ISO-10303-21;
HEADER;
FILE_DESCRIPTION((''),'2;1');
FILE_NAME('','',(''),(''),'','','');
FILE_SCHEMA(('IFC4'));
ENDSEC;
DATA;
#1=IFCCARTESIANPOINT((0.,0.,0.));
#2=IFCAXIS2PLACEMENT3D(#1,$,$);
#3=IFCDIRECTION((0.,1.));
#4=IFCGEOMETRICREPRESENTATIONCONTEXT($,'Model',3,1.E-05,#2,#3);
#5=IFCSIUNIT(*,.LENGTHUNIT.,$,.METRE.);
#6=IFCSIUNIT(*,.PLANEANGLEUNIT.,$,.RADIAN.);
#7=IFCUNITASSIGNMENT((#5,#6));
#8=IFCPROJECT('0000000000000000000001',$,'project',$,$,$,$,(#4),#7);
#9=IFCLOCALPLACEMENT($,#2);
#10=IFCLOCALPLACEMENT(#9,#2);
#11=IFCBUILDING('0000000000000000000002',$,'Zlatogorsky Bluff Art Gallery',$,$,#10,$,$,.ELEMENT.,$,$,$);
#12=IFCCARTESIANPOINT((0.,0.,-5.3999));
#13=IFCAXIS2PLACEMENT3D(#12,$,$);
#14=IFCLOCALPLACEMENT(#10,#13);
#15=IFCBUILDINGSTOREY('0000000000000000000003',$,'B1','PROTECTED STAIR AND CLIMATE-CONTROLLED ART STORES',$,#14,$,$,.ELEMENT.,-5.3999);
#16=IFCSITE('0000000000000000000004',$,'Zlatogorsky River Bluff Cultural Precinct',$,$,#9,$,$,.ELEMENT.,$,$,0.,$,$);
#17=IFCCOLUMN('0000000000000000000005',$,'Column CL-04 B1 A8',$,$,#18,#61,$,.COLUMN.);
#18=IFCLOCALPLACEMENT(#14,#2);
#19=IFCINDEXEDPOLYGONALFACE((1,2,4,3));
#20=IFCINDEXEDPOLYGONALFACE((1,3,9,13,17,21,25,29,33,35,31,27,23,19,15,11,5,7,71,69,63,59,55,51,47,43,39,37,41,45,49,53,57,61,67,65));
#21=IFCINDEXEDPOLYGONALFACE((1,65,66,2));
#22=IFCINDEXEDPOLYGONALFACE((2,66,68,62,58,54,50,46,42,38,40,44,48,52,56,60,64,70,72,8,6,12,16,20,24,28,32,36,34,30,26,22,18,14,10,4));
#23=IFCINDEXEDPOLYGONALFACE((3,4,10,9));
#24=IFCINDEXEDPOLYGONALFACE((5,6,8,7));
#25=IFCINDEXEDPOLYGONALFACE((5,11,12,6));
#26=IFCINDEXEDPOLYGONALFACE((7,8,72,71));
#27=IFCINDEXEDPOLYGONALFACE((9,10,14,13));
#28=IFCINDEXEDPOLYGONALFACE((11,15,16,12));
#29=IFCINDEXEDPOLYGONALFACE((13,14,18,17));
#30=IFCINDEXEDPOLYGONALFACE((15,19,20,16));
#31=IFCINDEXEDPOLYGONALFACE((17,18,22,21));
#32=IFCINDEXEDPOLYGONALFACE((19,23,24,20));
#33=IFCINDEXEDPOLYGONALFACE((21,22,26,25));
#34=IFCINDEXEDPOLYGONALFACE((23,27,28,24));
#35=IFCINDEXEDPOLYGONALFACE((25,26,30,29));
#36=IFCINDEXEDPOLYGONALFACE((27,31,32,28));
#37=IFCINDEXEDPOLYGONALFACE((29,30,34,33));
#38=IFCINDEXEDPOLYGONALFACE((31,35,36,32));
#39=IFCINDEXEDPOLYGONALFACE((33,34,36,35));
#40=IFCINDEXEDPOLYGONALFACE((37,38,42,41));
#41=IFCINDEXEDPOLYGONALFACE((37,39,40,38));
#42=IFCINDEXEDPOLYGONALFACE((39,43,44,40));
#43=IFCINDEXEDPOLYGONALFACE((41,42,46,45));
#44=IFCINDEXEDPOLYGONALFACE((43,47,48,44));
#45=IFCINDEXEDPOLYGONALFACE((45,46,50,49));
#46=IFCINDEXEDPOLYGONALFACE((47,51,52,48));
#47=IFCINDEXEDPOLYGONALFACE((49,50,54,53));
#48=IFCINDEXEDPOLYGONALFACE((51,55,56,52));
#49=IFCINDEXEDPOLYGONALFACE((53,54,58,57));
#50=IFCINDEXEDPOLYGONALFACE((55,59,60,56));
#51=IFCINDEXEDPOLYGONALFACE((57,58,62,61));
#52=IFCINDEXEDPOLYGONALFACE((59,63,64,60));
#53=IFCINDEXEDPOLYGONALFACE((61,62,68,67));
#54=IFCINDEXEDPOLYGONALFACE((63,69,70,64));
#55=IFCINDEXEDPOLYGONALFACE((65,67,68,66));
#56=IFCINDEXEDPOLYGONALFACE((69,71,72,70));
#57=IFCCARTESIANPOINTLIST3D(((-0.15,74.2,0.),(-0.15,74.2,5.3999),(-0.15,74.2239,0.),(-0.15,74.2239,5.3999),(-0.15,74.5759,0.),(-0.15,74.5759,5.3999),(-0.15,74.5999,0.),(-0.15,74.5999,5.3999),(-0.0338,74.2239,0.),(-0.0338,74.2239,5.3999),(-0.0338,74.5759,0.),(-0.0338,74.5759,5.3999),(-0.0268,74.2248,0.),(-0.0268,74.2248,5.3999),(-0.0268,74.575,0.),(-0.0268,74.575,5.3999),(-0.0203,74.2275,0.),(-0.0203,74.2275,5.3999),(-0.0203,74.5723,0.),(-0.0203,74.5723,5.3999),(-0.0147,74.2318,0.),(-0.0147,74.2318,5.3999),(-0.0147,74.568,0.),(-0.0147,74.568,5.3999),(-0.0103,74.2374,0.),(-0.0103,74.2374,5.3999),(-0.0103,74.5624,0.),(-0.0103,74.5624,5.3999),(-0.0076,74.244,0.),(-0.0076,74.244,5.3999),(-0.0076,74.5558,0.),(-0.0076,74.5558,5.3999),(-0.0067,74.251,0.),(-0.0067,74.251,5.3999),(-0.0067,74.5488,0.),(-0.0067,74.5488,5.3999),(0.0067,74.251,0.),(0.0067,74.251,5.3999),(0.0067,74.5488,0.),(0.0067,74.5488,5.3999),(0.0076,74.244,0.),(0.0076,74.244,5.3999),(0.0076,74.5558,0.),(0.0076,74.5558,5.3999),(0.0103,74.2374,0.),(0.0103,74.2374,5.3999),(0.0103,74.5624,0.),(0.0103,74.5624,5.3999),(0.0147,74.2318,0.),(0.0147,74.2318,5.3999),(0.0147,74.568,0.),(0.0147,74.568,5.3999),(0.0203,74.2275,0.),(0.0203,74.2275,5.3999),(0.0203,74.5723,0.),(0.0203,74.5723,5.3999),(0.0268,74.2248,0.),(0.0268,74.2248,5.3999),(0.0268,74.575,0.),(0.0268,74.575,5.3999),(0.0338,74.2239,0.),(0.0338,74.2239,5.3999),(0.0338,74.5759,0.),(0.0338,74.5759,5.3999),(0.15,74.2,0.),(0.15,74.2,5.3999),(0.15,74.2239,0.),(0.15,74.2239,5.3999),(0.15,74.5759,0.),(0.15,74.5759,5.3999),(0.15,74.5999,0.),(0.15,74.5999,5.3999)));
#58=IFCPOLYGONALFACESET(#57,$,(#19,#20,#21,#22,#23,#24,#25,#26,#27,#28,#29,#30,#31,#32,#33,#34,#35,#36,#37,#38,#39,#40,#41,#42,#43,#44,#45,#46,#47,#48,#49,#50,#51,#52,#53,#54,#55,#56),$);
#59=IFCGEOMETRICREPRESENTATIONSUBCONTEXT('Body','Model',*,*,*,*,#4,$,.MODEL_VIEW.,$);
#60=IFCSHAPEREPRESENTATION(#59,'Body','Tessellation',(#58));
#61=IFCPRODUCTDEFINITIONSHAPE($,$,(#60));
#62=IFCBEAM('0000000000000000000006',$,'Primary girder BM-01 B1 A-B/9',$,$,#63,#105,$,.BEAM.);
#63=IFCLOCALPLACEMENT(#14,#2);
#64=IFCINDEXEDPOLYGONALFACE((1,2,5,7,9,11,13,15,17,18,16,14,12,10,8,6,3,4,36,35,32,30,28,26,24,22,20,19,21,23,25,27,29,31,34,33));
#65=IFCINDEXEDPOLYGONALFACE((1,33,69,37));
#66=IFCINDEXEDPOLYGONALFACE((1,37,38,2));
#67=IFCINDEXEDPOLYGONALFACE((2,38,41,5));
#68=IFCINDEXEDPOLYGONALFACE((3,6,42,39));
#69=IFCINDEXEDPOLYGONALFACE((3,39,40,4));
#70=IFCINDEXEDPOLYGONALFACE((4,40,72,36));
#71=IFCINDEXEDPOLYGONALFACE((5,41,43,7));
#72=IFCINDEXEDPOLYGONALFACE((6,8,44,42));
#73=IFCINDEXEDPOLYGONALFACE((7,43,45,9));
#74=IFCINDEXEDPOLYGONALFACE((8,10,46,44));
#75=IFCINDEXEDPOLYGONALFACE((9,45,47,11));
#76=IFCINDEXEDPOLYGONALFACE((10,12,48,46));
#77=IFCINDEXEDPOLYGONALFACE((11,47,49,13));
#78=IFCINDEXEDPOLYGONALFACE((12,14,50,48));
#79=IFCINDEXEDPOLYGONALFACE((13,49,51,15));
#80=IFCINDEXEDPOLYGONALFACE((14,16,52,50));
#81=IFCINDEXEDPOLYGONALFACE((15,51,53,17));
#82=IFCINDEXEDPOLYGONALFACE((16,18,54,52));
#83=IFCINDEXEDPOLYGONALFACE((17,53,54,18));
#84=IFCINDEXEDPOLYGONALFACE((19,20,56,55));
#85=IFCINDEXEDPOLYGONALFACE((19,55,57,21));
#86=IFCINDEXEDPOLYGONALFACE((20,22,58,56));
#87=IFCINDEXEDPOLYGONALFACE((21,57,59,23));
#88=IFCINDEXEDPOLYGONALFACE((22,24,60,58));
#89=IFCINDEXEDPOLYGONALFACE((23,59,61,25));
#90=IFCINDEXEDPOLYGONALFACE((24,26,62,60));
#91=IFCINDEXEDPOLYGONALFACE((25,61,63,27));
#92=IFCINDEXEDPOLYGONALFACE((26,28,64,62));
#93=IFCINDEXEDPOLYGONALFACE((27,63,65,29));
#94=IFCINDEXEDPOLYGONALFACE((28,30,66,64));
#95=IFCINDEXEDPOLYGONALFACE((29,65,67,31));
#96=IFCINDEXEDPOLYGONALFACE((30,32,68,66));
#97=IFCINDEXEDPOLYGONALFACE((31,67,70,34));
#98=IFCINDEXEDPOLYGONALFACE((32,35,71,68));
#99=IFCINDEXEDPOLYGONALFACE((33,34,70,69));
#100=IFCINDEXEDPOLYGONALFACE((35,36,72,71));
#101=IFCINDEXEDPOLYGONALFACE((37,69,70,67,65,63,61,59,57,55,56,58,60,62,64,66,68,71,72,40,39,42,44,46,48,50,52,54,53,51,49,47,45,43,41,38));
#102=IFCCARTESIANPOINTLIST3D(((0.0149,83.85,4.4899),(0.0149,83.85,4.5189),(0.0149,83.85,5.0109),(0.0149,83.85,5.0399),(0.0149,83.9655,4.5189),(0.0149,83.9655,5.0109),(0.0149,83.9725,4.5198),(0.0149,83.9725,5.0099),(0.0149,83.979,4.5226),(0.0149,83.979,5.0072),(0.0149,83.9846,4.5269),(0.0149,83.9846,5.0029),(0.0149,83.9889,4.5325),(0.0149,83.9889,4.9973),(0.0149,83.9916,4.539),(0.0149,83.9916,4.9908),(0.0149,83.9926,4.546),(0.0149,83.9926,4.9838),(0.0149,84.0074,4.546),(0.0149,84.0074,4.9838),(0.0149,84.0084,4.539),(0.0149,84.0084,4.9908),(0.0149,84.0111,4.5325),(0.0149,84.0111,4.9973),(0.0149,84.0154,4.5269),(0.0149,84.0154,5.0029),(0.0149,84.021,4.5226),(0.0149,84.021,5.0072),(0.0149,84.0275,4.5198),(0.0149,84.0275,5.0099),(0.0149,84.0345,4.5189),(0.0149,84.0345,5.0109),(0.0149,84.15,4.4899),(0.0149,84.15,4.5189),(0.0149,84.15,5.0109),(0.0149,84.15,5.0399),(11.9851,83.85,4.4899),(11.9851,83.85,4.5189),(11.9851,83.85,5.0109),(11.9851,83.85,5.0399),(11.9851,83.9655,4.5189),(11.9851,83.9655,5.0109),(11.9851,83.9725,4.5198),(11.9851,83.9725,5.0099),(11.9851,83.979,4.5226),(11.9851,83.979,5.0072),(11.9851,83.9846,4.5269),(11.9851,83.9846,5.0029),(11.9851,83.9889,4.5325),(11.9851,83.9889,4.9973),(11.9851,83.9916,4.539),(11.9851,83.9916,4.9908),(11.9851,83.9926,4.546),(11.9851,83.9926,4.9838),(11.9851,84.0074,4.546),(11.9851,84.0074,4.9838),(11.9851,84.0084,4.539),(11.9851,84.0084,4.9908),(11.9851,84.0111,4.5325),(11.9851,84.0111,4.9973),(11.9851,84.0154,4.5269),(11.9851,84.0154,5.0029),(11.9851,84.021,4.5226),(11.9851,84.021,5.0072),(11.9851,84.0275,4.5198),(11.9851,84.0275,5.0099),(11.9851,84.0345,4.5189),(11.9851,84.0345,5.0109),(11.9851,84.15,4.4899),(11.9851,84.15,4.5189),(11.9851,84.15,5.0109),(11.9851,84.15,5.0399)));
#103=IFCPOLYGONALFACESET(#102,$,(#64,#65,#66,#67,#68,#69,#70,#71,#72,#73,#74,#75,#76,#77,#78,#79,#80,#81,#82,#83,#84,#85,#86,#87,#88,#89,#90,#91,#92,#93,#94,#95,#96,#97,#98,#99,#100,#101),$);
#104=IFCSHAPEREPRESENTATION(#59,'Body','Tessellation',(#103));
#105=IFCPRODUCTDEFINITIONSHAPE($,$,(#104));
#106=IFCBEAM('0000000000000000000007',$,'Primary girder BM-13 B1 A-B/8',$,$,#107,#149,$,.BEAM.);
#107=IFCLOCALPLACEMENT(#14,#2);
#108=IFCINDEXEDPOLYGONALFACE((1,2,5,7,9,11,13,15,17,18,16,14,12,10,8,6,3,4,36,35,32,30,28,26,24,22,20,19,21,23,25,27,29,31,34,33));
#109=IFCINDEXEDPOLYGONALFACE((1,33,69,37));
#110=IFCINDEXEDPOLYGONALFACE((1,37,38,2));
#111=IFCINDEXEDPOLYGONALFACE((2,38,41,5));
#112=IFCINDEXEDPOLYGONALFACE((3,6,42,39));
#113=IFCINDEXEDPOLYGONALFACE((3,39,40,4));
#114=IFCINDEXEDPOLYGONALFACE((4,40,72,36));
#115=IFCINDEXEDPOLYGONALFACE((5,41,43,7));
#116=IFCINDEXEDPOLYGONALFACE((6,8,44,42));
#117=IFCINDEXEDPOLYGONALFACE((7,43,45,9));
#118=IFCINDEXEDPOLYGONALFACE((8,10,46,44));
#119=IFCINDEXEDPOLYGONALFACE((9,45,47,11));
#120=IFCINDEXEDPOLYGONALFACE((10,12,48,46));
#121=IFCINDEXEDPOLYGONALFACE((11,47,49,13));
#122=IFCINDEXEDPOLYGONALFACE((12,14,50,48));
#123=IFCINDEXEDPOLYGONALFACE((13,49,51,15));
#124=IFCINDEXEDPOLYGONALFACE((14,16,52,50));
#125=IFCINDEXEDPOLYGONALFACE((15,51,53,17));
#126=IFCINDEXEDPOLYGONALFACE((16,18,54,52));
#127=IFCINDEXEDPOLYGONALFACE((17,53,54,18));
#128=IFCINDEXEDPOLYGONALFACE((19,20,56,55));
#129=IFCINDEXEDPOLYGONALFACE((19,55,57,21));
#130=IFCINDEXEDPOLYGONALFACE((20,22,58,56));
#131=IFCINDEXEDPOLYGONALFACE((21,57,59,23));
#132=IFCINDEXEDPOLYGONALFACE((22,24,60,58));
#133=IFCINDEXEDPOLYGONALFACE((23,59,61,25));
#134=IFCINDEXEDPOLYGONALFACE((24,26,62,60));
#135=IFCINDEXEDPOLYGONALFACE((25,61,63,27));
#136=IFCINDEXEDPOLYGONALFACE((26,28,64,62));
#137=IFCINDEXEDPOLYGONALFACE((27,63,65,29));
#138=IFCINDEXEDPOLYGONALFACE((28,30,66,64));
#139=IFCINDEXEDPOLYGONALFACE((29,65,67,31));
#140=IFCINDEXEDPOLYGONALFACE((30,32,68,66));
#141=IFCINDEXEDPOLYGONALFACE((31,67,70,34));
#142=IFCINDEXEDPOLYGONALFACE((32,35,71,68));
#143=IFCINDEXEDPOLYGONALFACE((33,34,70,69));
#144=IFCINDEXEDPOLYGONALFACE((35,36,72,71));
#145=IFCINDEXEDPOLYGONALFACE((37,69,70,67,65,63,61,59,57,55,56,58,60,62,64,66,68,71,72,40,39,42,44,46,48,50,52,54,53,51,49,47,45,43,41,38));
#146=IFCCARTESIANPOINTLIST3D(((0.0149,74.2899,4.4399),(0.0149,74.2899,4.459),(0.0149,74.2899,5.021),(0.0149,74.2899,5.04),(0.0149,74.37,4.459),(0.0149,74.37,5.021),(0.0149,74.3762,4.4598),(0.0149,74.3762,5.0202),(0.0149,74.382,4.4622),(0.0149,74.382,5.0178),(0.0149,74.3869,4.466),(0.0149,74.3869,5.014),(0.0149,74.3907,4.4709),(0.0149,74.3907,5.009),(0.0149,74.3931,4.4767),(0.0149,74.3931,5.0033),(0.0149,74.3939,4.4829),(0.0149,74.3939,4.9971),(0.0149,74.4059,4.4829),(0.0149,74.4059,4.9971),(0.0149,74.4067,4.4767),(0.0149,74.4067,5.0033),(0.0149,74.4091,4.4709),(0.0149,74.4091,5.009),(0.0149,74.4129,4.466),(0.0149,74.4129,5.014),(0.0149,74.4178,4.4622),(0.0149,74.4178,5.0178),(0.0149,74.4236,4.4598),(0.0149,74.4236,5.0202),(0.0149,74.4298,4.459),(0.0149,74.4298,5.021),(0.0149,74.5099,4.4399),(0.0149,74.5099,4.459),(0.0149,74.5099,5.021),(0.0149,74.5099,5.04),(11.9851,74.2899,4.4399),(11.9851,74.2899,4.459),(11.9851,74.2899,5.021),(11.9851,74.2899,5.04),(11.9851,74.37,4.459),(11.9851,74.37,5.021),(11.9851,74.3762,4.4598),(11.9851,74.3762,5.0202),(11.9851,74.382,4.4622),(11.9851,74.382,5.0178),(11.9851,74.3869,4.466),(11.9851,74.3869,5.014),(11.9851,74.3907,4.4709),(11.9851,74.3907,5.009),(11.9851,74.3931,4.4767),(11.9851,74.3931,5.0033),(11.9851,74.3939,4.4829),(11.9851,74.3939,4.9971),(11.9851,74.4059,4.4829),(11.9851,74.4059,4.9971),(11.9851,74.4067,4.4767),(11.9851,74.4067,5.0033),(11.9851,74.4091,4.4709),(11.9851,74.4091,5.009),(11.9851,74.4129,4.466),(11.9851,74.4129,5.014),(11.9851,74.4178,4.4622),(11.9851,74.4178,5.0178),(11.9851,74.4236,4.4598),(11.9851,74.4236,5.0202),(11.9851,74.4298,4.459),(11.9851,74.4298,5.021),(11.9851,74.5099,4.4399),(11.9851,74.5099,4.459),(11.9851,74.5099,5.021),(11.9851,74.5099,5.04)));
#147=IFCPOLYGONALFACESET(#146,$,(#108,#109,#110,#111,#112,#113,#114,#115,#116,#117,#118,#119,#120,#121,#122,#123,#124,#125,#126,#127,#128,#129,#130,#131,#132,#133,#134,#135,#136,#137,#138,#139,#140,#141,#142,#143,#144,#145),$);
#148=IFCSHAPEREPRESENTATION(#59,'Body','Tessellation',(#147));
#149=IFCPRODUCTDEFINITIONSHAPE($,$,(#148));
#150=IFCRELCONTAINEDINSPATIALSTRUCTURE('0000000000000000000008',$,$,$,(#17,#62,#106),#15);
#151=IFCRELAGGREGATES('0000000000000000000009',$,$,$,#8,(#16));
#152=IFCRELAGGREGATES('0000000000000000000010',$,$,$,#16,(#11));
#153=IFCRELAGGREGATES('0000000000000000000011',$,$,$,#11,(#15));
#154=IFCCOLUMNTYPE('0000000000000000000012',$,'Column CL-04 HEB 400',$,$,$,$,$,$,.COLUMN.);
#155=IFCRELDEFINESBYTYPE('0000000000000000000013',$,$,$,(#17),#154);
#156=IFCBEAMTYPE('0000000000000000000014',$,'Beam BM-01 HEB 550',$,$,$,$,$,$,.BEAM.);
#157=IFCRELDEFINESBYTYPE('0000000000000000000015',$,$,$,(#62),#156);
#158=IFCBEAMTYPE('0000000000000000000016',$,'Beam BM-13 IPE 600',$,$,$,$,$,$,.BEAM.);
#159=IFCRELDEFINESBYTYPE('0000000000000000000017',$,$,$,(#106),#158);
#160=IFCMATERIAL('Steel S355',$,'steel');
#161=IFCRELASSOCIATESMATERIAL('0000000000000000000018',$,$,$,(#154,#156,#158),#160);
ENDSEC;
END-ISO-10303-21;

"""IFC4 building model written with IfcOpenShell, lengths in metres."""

from ifc_helpers import new_model, si_unit, direction, frame, origin, origin_2d, place, context, subcontext, project, spatial, i_section, extrude, material, material_profile, profile_set, type_object, element, save


model = new_model("IFC4")

# Units and contexts
model_context = context("Model", 3, precision=1e-05, world=origin(), true_north=direction((0.0, 1.0)))
body_context = subcontext(model_context, "Body", "Model", "MODEL_VIEW")
ifc_project = project(units=[si_unit("LENGTHUNIT", "METRE"), si_unit("PLANEANGLEUNIT", "RADIAN")], contexts=[model_context])

# Site, building, storey
site_placement = place(None, origin())
site = spatial("IfcSite", under=ifc_project, at=site_placement, Name="Zlatogorsky River Bluff Cultural Precinct", CompositionType="ELEMENT", RefElevation=0.0)
building_placement = place(site_placement, origin())
building = spatial("IfcBuilding", under=site, at=building_placement, Name="Zlatogorsky Bluff Art Gallery", CompositionType="ELEMENT")
storey_placement = place(building_placement, frame((0.0, 0.0, -5.3999)))
storey = spatial("IfcBuildingStorey", under=building, at=storey_placement, Name="B1", Description="PROTECTED STAIR AND CLIMATE-CONTROLLED ART STORES", CompositionType="ELEMENT", Elevation=-5.3999)

# Column
ifc_material_1 = material(Name="Steel S355", Category="steel")
ifc_material_profile_1 = material_profile(ifc_material_1, i_section(OverallWidth=0.3, OverallDepth=0.3999, WebThickness=0.0134, FlangeThickness=0.0239, FilletRadius=0.0271, at=origin_2d()), Name="HEB 400")
ifc_profile_set_1 = profile_set([ifc_material_profile_1], Name="Steel S355")
column_type_1 = type_object("IfcColumnType", Name="Column CL-04 HEB 400", PredefinedType="COLUMN", material=ifc_profile_set_1)
column_1_placement = place(storey_placement, frame((0.0, 74.3999, 0.0), z_axis=(0.0, 0.0, 1.0), x_axis=(1.0, 0.0, 0.0)))
element("IfcColumn", 1, at=column_1_placement, inside=storey, type_object=column_type_1, Name="Column CL-04 B1 A8", PredefinedType="COLUMN", context=body_context, shape_type="SweptSolid", body=[
    extrude(i_section(OverallWidth=0.3, OverallDepth=0.3999, WebThickness=0.0134, FlangeThickness=0.0239, FilletRadius=0.0271, at=origin_2d()), origin(), (0.0, 0.0, 1.0), 5.3999),
])

# Beams
ifc_material_profile_2 = material_profile(ifc_material_1, i_section(OverallWidth=0.3, OverallDepth=0.55, WebThickness=0.0149, FlangeThickness=0.0291, FilletRadius=0.0271, at=origin_2d()), Name="HEB 550")
ifc_profile_set_2 = profile_set([ifc_material_profile_2], Name="Steel S355")
beam_type_1 = type_object("IfcBeamType", Name="Beam BM-01 HEB 550", PredefinedType="BEAM", material=ifc_profile_set_2)
beam_1_placement = place(storey_placement, frame((0.0149, 84.0, 4.7649), z_axis=(1.0, 0.0, 0.0), x_axis=(0.0, 1.0, 0.0)))
element("IfcBeam", 2, at=beam_1_placement, inside=storey, type_object=beam_type_1, Name="Primary girder BM-01 B1 A-B/9", PredefinedType="BEAM", context=body_context, shape_type="SweptSolid", body=[
    extrude(i_section(OverallWidth=0.3, OverallDepth=0.55, WebThickness=0.0149, FlangeThickness=0.0291, FilletRadius=0.0271, at=origin_2d()), origin(), (0.0, 0.0, 1.0), 11.9702),
])
ifc_material_profile_3 = material_profile(ifc_material_1, i_section(OverallWidth=0.22, OverallDepth=0.6001, WebThickness=0.012, FlangeThickness=0.019, FilletRadius=0.0239, at=origin_2d()), Name="IPE 600")
ifc_profile_set_3 = profile_set([ifc_material_profile_3], Name="Steel S355")
beam_type_2 = type_object("IfcBeamType", Name="Beam BM-13 IPE 600", PredefinedType="BEAM", material=ifc_profile_set_3)
beam_2_placement = place(storey_placement, frame((0.0149, 74.3999, 4.74), z_axis=(1.0, 0.0, 0.0), x_axis=(0.0, 1.0, 0.0)))
element("IfcBeam", 3, at=beam_2_placement, inside=storey, type_object=beam_type_2, Name="Primary girder BM-13 B1 A-B/8", PredefinedType="BEAM", context=body_context, shape_type="SweptSolid", body=[
    extrude(i_section(OverallWidth=0.22, OverallDepth=0.6001, WebThickness=0.012, FlangeThickness=0.019, FilletRadius=0.0239, at=origin_2d()), origin(), (0.0, 0.0, 1.0), 11.9702),
])

save(model, "model.ifc")
